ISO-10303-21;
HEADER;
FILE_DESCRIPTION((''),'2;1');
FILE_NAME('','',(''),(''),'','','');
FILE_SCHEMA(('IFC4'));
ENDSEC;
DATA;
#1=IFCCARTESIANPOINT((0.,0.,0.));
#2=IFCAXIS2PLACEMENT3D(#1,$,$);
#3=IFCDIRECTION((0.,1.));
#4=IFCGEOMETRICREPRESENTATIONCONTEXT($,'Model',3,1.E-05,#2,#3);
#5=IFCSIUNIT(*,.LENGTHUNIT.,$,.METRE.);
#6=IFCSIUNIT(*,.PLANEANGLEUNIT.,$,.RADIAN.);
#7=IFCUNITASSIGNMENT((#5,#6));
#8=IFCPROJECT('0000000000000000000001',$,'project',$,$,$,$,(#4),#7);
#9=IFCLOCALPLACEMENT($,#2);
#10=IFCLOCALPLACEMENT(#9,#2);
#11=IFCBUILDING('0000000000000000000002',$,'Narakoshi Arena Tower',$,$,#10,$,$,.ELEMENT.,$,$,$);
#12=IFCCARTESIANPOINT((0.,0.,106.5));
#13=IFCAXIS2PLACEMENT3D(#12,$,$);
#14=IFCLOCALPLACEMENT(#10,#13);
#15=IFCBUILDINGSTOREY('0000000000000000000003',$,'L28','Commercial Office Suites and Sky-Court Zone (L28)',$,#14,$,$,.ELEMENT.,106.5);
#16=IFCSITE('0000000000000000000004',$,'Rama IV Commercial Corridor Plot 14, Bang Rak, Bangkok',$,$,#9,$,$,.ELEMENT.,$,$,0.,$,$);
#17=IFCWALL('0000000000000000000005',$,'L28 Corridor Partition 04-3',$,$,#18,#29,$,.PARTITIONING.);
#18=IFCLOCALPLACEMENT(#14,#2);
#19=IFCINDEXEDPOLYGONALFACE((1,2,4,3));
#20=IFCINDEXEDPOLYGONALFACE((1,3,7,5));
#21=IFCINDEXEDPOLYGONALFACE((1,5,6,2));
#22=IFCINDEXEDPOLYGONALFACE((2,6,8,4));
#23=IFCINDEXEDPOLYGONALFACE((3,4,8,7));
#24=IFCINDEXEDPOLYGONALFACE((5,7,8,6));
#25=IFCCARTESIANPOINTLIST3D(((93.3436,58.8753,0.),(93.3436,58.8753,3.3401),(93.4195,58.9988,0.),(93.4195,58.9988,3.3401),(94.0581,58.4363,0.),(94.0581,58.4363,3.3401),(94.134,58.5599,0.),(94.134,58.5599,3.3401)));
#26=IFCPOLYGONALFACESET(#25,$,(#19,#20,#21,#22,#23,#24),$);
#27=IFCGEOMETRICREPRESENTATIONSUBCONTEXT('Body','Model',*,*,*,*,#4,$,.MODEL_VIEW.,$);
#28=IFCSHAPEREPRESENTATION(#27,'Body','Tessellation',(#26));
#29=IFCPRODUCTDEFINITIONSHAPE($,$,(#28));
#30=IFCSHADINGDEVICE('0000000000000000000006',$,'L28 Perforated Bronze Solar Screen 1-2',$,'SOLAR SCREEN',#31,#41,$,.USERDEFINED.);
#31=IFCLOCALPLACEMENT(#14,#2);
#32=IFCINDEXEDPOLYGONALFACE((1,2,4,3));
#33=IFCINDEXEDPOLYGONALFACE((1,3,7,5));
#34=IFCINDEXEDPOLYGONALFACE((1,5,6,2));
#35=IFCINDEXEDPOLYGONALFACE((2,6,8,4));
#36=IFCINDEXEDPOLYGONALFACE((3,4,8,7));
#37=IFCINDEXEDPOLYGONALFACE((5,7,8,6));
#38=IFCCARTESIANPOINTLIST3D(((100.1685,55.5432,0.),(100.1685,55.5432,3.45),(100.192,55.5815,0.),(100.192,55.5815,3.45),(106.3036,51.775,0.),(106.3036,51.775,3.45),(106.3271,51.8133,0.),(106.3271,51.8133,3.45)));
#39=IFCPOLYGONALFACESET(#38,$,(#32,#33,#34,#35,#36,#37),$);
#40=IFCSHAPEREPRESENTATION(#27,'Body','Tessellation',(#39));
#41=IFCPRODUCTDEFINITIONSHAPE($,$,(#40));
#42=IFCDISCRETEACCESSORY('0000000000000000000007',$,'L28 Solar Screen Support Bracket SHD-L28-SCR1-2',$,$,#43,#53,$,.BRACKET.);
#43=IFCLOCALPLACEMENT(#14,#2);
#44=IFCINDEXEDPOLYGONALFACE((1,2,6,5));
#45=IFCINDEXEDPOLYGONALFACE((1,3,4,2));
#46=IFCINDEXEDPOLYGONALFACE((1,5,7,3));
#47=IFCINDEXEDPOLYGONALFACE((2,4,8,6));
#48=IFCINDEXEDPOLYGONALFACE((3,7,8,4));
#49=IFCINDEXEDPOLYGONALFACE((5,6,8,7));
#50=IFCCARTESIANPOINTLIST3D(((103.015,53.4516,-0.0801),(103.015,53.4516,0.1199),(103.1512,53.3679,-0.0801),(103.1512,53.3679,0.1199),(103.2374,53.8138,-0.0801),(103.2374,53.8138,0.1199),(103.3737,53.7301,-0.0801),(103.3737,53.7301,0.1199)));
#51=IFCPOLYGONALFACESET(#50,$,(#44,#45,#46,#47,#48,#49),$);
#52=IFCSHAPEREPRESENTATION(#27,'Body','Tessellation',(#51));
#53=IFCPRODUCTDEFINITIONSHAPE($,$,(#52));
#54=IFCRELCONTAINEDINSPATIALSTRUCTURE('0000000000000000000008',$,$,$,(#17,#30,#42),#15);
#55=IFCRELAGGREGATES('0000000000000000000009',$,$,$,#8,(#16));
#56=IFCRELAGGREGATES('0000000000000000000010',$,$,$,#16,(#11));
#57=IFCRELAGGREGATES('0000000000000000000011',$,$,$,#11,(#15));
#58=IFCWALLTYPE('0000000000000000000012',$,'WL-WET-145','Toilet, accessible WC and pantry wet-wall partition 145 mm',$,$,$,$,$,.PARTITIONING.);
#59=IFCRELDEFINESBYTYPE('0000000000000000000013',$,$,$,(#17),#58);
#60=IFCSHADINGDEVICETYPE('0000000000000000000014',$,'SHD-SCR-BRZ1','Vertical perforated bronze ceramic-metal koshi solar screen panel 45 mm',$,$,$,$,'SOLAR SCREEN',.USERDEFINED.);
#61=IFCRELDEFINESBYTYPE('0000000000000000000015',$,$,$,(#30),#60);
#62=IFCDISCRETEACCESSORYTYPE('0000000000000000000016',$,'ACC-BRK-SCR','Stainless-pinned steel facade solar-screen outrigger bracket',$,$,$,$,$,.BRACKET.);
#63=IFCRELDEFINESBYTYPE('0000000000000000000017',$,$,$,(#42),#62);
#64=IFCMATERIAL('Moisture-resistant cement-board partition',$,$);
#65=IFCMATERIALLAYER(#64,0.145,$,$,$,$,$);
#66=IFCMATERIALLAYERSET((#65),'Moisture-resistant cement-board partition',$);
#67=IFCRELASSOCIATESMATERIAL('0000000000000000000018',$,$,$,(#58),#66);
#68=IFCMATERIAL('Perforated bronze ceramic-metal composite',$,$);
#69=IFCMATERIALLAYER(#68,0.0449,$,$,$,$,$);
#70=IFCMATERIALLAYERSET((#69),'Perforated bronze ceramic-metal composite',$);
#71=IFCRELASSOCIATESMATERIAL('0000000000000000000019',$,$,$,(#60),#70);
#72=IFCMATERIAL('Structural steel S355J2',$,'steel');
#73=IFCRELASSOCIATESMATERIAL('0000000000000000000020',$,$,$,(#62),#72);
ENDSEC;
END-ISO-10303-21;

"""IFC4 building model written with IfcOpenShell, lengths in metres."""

from ifc_helpers import new_model, si_unit, direction, frame, frame_2d, origin, origin_2d, place, context, subcontext, project, spatial, rectangle, extrude, material, layer, layer_set, type_object, element, save


model = new_model("IFC4")

# Units and contexts
model_context = context("Model", 3, precision=1e-05, world=origin(), true_north=direction((0.0, 1.0)))
body_context = subcontext(model_context, "Body", "Model", "MODEL_VIEW")
ifc_project = project(units=[si_unit("LENGTHUNIT", "METRE"), si_unit("PLANEANGLEUNIT", "RADIAN")], contexts=[model_context])

# Site, building, storey
site_placement = place(None, origin())
site = spatial("IfcSite", under=ifc_project, at=site_placement, Name="Rama IV Commercial Corridor Plot 14, Bang Rak, Bangkok", CompositionType="ELEMENT", RefElevation=0.0)
building_placement = place(site_placement, origin())
building = spatial("IfcBuilding", under=site, at=building_placement, Name="Narakoshi Arena Tower", CompositionType="ELEMENT")
storey_placement = place(building_placement, frame((0.0, 0.0, 106.5)))
storey = spatial("IfcBuildingStorey", under=building, at=storey_placement, Name="L28", Description="Commercial Office Suites and Sky-Court Zone (L28)", CompositionType="ELEMENT", Elevation=106.5)

# Shared definitions
ifc_material_1 = material(Name="Structural steel S355J2", Category="steel")

# Shared definitions
ifc_material_2 = material(Name="Moisture-resistant cement-board partition")
ifc_layer_1 = layer(ifc_material_2, 0.145)
ifc_layer_set_1 = layer_set([ifc_layer_1], Name="Moisture-resistant cement-board partition")
wall_type_1 = type_object("IfcWallType", Name="WL-WET-145", Description="Toilet, accessible WC and pantry wet-wall partition 145 mm", PredefinedType="PARTITIONING", material=ifc_layer_set_1)

# Wall
wall_1_placement = place(storey_placement, frame((94.0962, 58.498, 0.0), z_axis=(0.0, 0.0, 1.0), x_axis=(-0.852078, 0.523415, 0.0)))
element("IfcWall", 1, at=wall_1_placement, inside=storey, type_object=wall_type_1, Name="L28 Corridor Partition 04-3", PredefinedType="PARTITIONING", context=body_context, shape_type="SweptSolid", body=[
    extrude(rectangle(XDim=0.8386, YDim=0.145, at=frame_2d((0.4194, 0.0))), origin(), (0.0, 0.0, 1.0), 3.3401),
])

# Shading device
ifc_material_3 = material(Name="Perforated bronze ceramic-metal composite")
ifc_layer_2 = layer(ifc_material_3, 0.0449)
ifc_layer_set_2 = layer_set([ifc_layer_2], Name="Perforated bronze ceramic-metal composite")
shading_device_type = type_object("IfcShadingDeviceType", Name="SHD-SCR-BRZ1", Description="Vertical perforated bronze ceramic-metal koshi solar screen panel 45 mm", ElementType="SOLAR SCREEN", PredefinedType="USERDEFINED", material=ifc_layer_set_2)
shading_device_placement = place(storey_placement, frame((103.2478, 53.6782, 0.0), z_axis=(0.0, 0.0, 1.0), x_axis=(-0.852111, 0.523361, 0.0)))
element("IfcShadingDevice", 2, at=shading_device_placement, inside=storey, type_object=shading_device_type, Name="L28 Perforated Bronze Solar Screen 1-2", ObjectType="SOLAR SCREEN", PredefinedType="USERDEFINED", context=body_context, shape_type="SweptSolid", body=[
    extrude(rectangle(XDim=7.2, YDim=0.0449, at=origin_2d()), origin(), (0.0, 0.0, 1.0), 3.45),
])

# Discrete accessory
discrete_accessory_type = type_object("IfcDiscreteAccessoryType", Name="ACC-BRK-SCR", Description="Stainless-pinned steel facade solar-screen outrigger bracket", PredefinedType="BRACKET", material=ifc_material_1)
discrete_accessory_placement = place(storey_placement, frame((103.1943, 53.5908, -0.0801), z_axis=(0.0, 0.0, 1.0), x_axis=(-0.852111, 0.523361, 0.0)))
element("IfcDiscreteAccessory", 3, at=discrete_accessory_placement, inside=storey, type_object=discrete_accessory_type, Name="L28 Solar Screen Support Bracket SHD-L28-SCR1-2", PredefinedType="BRACKET", context=body_context, shape_type="SweptSolid", body=[
    extrude(rectangle(XDim=0.1599, YDim=0.425, at=origin_2d()), origin(), (0.0, 0.0, 1.0), 0.2),
])

save(model, "model.ifc")
